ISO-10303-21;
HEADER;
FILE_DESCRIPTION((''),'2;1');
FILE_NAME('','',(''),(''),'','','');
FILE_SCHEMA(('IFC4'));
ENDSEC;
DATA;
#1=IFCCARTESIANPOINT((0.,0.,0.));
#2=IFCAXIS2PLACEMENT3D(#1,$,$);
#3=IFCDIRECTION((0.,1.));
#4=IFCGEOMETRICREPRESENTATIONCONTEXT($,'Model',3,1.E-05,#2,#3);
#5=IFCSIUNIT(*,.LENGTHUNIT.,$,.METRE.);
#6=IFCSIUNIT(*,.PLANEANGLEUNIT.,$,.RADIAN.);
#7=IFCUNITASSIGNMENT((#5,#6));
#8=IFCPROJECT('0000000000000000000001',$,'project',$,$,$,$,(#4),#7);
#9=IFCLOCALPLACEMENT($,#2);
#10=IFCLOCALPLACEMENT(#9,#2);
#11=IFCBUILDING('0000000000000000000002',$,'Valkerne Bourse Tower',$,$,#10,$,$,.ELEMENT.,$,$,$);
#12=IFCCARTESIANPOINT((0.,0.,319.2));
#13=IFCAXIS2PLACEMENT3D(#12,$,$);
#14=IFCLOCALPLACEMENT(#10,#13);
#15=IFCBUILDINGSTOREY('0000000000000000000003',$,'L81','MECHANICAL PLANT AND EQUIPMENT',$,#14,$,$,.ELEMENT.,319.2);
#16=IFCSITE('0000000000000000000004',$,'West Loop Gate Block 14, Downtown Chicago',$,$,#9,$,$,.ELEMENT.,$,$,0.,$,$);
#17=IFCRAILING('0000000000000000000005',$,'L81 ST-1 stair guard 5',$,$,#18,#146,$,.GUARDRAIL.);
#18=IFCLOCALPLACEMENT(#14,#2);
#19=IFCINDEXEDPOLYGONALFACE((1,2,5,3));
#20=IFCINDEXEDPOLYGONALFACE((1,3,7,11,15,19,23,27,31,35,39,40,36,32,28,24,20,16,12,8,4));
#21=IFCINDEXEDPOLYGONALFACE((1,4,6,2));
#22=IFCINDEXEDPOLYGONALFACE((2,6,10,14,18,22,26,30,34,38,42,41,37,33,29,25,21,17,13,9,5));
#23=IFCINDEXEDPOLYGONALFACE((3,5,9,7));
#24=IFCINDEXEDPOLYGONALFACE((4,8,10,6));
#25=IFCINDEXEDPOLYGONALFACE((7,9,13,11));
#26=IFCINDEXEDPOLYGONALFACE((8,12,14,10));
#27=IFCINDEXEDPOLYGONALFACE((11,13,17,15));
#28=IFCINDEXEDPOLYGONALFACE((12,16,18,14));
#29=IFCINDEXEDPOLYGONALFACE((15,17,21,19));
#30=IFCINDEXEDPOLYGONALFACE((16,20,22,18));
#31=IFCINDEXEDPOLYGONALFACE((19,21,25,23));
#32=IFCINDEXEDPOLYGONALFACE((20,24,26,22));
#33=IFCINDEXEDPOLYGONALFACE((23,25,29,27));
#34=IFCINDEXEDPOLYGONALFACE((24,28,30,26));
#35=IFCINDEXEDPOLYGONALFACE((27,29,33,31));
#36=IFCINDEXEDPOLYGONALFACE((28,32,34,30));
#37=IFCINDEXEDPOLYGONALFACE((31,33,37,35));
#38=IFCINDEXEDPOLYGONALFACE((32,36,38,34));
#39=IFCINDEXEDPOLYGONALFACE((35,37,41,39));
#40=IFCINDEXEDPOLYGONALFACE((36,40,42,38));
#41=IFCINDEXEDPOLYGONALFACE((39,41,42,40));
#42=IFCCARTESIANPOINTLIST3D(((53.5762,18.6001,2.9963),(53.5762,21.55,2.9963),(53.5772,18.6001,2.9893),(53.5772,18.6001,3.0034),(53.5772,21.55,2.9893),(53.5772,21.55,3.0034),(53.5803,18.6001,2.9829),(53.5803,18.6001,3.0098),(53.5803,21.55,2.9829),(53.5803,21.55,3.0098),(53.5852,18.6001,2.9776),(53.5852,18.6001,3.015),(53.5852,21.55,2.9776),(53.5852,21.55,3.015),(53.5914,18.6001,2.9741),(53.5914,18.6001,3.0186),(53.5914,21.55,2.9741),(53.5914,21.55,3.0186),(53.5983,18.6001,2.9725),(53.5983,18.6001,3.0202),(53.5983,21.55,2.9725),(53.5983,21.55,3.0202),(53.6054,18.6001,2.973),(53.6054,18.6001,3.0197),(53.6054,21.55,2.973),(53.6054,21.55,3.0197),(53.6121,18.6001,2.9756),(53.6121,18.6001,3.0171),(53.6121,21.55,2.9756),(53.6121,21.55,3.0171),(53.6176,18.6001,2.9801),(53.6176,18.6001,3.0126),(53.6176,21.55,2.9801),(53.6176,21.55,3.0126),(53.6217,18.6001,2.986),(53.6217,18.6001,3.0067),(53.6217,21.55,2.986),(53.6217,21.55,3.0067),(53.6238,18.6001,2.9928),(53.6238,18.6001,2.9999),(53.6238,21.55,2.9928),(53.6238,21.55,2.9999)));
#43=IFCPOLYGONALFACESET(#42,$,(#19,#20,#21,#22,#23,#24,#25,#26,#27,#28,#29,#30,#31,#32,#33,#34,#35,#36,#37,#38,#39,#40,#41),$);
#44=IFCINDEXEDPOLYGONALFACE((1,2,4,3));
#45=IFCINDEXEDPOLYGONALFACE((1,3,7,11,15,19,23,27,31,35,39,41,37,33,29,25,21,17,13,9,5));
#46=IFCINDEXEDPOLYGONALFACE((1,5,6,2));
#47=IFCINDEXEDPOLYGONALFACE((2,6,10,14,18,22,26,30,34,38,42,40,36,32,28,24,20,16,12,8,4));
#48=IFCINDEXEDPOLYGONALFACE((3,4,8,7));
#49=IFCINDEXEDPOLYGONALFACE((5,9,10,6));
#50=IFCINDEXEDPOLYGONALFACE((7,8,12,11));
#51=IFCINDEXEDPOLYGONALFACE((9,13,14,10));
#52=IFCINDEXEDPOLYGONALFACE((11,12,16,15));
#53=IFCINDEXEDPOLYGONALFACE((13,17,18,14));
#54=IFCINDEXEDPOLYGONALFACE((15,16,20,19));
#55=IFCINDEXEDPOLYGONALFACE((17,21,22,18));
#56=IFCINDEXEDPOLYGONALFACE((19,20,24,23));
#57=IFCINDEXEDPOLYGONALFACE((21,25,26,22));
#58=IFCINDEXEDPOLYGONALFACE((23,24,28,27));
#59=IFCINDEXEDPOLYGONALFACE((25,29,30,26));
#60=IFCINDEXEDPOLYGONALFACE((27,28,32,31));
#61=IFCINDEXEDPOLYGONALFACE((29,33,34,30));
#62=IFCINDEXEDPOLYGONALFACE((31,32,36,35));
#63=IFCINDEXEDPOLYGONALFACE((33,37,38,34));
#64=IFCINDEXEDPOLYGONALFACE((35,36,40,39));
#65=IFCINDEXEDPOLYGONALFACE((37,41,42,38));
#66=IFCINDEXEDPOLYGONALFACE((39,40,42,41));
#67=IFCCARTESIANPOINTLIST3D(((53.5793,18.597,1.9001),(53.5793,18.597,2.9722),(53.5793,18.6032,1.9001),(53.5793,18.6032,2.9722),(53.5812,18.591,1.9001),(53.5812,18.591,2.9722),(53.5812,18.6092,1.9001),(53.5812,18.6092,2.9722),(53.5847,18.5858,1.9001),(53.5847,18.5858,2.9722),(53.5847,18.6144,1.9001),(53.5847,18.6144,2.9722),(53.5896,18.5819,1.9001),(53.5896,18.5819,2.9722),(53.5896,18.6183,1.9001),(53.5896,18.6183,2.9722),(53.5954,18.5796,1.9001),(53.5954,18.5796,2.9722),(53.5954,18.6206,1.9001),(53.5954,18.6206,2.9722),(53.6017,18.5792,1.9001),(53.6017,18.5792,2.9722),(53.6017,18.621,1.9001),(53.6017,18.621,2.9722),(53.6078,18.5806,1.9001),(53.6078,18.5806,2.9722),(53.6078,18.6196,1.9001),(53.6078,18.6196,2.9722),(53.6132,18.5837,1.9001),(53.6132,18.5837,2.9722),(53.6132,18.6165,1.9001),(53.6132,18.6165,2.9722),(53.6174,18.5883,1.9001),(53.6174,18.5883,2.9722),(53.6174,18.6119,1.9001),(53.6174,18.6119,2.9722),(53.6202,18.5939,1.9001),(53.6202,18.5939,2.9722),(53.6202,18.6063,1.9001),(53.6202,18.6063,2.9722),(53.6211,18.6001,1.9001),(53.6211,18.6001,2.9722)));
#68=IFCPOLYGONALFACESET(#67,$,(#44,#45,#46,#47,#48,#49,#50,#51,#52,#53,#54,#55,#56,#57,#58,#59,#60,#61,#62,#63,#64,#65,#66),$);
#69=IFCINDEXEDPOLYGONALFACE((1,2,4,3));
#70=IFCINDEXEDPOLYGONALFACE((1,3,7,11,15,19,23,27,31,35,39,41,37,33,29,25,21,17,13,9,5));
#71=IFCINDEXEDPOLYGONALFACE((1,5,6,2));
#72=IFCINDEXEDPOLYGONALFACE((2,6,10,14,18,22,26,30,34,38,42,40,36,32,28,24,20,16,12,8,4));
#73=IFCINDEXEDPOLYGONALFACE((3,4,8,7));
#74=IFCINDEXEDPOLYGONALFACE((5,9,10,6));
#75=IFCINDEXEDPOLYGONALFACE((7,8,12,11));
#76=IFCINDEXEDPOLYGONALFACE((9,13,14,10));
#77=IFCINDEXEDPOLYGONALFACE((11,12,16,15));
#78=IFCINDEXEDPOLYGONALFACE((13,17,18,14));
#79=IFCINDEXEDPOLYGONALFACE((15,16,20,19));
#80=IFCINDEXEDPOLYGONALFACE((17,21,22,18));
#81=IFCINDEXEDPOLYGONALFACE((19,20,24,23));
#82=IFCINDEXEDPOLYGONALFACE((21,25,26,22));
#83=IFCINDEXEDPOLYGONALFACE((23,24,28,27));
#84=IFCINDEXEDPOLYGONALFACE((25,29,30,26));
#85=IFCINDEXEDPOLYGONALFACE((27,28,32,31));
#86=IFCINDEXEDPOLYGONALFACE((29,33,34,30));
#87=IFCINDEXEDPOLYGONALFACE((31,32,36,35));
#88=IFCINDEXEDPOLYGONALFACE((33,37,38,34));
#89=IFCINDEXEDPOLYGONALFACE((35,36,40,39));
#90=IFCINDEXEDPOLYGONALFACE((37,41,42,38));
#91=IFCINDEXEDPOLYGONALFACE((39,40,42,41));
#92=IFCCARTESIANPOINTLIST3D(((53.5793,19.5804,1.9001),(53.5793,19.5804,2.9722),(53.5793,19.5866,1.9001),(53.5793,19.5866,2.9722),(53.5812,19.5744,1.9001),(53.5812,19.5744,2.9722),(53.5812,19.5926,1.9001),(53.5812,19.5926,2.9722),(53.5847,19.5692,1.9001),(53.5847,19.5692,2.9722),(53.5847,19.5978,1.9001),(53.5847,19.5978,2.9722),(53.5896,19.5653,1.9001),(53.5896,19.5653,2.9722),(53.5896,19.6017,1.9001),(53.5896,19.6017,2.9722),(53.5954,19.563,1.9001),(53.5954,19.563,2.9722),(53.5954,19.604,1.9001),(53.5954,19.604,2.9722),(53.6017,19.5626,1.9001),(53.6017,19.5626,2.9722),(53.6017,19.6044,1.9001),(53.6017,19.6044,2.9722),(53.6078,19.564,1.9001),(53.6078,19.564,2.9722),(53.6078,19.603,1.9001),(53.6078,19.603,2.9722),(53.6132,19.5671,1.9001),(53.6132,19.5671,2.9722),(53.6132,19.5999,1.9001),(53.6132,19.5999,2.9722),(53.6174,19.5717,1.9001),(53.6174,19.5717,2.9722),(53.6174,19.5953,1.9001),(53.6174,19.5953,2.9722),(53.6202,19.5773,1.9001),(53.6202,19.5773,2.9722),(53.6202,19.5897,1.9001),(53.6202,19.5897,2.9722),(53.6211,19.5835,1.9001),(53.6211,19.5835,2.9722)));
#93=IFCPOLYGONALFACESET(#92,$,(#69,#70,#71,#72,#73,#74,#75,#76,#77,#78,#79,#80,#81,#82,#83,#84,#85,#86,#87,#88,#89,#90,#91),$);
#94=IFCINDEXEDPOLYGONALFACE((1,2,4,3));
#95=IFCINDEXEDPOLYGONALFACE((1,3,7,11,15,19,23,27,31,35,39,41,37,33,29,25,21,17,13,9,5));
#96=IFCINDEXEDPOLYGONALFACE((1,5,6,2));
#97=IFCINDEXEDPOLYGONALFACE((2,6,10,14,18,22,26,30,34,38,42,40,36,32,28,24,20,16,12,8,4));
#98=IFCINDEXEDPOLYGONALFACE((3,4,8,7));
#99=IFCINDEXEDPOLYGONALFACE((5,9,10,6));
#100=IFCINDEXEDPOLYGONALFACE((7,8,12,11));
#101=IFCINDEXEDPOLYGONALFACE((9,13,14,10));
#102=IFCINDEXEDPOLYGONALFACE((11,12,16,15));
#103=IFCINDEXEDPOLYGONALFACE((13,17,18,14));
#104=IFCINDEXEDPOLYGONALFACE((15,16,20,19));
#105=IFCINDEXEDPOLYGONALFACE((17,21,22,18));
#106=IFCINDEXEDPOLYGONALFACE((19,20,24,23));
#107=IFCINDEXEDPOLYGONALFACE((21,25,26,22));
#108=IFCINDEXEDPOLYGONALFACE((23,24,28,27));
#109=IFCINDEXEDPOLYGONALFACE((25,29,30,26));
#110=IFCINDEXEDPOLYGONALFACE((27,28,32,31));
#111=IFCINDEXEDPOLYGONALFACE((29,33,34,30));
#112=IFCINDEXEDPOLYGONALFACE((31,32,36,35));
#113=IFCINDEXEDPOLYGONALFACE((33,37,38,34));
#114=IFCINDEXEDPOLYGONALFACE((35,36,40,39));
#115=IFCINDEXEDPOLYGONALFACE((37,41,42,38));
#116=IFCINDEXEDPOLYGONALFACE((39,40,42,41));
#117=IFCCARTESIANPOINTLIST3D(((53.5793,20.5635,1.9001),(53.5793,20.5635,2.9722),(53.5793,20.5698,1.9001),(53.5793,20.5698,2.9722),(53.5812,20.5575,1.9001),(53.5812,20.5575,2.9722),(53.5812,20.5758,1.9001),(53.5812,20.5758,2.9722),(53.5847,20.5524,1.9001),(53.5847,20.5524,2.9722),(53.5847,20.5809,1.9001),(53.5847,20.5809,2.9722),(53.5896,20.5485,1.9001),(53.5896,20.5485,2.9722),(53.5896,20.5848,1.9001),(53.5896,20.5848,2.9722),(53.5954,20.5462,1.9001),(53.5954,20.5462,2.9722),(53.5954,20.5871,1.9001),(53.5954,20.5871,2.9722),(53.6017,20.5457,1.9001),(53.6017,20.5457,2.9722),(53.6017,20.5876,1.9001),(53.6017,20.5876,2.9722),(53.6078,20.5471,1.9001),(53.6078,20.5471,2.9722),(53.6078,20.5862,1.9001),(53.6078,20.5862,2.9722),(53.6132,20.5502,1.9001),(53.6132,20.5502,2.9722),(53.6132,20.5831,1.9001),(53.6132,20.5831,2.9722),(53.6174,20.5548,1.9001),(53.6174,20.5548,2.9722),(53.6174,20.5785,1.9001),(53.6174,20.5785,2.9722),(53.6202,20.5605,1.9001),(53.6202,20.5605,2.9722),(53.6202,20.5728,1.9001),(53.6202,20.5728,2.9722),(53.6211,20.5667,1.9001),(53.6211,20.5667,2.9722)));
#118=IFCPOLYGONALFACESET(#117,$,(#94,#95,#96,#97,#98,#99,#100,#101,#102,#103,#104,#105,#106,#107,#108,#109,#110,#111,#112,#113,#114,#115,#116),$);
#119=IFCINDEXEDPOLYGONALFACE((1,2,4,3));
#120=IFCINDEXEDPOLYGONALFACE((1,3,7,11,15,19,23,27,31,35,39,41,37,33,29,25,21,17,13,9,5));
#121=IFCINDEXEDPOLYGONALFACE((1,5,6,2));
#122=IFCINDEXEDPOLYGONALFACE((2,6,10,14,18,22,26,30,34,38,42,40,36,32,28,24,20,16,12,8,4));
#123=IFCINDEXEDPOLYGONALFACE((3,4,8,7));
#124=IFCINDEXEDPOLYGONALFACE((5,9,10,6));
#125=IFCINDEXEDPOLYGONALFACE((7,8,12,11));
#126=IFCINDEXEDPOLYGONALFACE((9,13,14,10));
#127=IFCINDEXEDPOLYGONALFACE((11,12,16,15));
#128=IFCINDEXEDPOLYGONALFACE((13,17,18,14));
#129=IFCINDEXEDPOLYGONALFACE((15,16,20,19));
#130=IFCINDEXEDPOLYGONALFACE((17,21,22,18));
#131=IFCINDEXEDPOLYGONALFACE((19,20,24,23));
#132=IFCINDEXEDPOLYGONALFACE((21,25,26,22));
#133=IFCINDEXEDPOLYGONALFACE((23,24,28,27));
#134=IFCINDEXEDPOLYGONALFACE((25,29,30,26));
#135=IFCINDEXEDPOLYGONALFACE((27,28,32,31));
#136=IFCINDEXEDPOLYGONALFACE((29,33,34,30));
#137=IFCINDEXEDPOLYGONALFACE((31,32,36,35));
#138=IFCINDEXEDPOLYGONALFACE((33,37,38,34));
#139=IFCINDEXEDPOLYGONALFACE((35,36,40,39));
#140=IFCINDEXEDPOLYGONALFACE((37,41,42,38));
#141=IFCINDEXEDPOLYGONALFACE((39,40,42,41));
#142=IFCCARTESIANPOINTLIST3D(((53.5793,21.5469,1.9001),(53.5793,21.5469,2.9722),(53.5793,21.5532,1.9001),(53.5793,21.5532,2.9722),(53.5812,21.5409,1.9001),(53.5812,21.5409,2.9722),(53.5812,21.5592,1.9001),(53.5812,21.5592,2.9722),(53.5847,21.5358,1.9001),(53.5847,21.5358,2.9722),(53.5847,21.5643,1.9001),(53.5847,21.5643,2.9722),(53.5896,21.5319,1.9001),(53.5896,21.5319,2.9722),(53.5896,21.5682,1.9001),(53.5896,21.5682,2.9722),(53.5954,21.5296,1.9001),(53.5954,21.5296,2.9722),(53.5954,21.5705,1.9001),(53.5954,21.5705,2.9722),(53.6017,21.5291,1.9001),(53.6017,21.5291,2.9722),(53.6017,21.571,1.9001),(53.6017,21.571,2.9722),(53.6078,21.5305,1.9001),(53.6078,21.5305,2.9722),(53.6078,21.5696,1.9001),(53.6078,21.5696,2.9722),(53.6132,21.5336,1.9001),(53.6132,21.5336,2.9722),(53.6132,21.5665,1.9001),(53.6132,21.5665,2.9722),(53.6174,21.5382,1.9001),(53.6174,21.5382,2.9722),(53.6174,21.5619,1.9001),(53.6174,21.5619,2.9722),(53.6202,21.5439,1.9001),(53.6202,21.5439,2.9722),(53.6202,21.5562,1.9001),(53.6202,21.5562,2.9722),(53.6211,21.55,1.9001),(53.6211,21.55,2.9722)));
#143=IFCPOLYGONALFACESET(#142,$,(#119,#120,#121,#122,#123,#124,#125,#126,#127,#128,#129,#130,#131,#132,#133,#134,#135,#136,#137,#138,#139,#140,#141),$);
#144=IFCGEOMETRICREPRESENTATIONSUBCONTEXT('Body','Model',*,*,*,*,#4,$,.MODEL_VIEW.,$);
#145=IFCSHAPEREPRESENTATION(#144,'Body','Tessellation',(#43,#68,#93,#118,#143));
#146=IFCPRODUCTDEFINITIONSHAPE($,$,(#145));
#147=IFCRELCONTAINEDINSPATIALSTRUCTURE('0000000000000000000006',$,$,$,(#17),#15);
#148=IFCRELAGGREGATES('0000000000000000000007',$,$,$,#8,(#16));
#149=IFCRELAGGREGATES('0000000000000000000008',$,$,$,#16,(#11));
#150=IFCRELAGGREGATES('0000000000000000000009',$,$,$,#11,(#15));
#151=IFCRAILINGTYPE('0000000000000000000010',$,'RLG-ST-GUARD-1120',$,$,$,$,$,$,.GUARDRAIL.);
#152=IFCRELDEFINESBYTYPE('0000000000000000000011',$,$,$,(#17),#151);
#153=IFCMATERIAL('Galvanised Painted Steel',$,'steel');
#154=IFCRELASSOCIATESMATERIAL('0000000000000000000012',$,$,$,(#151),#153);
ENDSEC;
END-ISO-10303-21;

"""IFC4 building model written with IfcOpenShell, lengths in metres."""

from ifc_helpers import new_model, si_unit, direction, frame, origin, origin_2d, place, context, subcontext, project, spatial, circle, extrude, material, type_object, element, save


model = new_model("IFC4")

# Units and contexts
model_context = context("Model", 3, precision=1e-05, world=origin(), true_north=direction((0.0, 1.0)))
body_context = subcontext(model_context, "Body", "Model", "MODEL_VIEW")
ifc_project = project(units=[si_unit("LENGTHUNIT", "METRE"), si_unit("PLANEANGLEUNIT", "RADIAN")], contexts=[model_context])

# Site, building, storey
site_placement = place(None, origin())
site = spatial("IfcSite", under=ifc_project, at=site_placement, Name="West Loop Gate Block 14, Downtown Chicago", CompositionType="ELEMENT", RefElevation=0.0)
building_placement = place(site_placement, origin())
building = spatial("IfcBuilding", under=site, at=building_placement, Name="Valkerne Bourse Tower", CompositionType="ELEMENT")
storey_placement = place(building_placement, frame((0.0, 0.0, 319.2)))
storey = spatial("IfcBuildingStorey", under=building, at=storey_placement, Name="L81", Description="MECHANICAL PLANT AND EQUIPMENT", CompositionType="ELEMENT", Elevation=319.2)

# Shared definitions
ifc_material_1 = material(Name="Galvanised Painted Steel", Category="steel")

# Railing
railing_type = type_object("IfcRailingType", Name="RLG-ST-GUARD-1120", PredefinedType="GUARDRAIL", material=ifc_material_1)
railing_1_placement = place(storey_placement, frame((53.6001, 18.6001, 1.9001)))
element("IfcRailing", 1, at=railing_1_placement, inside=storey, type_object=railing_type, Name="L81 ST-1 stair guard 5", PredefinedType="GUARDRAIL", context=body_context, shape_type="SweptSolid", body=[
    extrude(circle(Radius=0.0239, at=origin_2d()), frame((0.0, 0.0, 1.0962), z_axis=(0.0, 1.0, 0.0), x_axis=(-1.0, 0.0, 0.0)), (0.0, 0.0, 1.0), 2.95),
    extrude(circle(Radius=0.021, at=origin_2d()), origin(), (0.0, 0.0, 1.0), 1.072),
    extrude(circle(Radius=0.021, at=origin_2d()), frame((0.0, 0.9834, 0.0)), (0.0, 0.0, 1.0), 1.072),
    extrude(circle(Radius=0.021, at=origin_2d()), frame((0.0, 1.9666, 0.0)), (0.0, 0.0, 1.0), 1.072),
    extrude(circle(Radius=0.021, at=origin_2d()), frame((0.0, 2.95, 0.0)), (0.0, 0.0, 1.0), 1.072),
])

save(model, "model.ifc")
